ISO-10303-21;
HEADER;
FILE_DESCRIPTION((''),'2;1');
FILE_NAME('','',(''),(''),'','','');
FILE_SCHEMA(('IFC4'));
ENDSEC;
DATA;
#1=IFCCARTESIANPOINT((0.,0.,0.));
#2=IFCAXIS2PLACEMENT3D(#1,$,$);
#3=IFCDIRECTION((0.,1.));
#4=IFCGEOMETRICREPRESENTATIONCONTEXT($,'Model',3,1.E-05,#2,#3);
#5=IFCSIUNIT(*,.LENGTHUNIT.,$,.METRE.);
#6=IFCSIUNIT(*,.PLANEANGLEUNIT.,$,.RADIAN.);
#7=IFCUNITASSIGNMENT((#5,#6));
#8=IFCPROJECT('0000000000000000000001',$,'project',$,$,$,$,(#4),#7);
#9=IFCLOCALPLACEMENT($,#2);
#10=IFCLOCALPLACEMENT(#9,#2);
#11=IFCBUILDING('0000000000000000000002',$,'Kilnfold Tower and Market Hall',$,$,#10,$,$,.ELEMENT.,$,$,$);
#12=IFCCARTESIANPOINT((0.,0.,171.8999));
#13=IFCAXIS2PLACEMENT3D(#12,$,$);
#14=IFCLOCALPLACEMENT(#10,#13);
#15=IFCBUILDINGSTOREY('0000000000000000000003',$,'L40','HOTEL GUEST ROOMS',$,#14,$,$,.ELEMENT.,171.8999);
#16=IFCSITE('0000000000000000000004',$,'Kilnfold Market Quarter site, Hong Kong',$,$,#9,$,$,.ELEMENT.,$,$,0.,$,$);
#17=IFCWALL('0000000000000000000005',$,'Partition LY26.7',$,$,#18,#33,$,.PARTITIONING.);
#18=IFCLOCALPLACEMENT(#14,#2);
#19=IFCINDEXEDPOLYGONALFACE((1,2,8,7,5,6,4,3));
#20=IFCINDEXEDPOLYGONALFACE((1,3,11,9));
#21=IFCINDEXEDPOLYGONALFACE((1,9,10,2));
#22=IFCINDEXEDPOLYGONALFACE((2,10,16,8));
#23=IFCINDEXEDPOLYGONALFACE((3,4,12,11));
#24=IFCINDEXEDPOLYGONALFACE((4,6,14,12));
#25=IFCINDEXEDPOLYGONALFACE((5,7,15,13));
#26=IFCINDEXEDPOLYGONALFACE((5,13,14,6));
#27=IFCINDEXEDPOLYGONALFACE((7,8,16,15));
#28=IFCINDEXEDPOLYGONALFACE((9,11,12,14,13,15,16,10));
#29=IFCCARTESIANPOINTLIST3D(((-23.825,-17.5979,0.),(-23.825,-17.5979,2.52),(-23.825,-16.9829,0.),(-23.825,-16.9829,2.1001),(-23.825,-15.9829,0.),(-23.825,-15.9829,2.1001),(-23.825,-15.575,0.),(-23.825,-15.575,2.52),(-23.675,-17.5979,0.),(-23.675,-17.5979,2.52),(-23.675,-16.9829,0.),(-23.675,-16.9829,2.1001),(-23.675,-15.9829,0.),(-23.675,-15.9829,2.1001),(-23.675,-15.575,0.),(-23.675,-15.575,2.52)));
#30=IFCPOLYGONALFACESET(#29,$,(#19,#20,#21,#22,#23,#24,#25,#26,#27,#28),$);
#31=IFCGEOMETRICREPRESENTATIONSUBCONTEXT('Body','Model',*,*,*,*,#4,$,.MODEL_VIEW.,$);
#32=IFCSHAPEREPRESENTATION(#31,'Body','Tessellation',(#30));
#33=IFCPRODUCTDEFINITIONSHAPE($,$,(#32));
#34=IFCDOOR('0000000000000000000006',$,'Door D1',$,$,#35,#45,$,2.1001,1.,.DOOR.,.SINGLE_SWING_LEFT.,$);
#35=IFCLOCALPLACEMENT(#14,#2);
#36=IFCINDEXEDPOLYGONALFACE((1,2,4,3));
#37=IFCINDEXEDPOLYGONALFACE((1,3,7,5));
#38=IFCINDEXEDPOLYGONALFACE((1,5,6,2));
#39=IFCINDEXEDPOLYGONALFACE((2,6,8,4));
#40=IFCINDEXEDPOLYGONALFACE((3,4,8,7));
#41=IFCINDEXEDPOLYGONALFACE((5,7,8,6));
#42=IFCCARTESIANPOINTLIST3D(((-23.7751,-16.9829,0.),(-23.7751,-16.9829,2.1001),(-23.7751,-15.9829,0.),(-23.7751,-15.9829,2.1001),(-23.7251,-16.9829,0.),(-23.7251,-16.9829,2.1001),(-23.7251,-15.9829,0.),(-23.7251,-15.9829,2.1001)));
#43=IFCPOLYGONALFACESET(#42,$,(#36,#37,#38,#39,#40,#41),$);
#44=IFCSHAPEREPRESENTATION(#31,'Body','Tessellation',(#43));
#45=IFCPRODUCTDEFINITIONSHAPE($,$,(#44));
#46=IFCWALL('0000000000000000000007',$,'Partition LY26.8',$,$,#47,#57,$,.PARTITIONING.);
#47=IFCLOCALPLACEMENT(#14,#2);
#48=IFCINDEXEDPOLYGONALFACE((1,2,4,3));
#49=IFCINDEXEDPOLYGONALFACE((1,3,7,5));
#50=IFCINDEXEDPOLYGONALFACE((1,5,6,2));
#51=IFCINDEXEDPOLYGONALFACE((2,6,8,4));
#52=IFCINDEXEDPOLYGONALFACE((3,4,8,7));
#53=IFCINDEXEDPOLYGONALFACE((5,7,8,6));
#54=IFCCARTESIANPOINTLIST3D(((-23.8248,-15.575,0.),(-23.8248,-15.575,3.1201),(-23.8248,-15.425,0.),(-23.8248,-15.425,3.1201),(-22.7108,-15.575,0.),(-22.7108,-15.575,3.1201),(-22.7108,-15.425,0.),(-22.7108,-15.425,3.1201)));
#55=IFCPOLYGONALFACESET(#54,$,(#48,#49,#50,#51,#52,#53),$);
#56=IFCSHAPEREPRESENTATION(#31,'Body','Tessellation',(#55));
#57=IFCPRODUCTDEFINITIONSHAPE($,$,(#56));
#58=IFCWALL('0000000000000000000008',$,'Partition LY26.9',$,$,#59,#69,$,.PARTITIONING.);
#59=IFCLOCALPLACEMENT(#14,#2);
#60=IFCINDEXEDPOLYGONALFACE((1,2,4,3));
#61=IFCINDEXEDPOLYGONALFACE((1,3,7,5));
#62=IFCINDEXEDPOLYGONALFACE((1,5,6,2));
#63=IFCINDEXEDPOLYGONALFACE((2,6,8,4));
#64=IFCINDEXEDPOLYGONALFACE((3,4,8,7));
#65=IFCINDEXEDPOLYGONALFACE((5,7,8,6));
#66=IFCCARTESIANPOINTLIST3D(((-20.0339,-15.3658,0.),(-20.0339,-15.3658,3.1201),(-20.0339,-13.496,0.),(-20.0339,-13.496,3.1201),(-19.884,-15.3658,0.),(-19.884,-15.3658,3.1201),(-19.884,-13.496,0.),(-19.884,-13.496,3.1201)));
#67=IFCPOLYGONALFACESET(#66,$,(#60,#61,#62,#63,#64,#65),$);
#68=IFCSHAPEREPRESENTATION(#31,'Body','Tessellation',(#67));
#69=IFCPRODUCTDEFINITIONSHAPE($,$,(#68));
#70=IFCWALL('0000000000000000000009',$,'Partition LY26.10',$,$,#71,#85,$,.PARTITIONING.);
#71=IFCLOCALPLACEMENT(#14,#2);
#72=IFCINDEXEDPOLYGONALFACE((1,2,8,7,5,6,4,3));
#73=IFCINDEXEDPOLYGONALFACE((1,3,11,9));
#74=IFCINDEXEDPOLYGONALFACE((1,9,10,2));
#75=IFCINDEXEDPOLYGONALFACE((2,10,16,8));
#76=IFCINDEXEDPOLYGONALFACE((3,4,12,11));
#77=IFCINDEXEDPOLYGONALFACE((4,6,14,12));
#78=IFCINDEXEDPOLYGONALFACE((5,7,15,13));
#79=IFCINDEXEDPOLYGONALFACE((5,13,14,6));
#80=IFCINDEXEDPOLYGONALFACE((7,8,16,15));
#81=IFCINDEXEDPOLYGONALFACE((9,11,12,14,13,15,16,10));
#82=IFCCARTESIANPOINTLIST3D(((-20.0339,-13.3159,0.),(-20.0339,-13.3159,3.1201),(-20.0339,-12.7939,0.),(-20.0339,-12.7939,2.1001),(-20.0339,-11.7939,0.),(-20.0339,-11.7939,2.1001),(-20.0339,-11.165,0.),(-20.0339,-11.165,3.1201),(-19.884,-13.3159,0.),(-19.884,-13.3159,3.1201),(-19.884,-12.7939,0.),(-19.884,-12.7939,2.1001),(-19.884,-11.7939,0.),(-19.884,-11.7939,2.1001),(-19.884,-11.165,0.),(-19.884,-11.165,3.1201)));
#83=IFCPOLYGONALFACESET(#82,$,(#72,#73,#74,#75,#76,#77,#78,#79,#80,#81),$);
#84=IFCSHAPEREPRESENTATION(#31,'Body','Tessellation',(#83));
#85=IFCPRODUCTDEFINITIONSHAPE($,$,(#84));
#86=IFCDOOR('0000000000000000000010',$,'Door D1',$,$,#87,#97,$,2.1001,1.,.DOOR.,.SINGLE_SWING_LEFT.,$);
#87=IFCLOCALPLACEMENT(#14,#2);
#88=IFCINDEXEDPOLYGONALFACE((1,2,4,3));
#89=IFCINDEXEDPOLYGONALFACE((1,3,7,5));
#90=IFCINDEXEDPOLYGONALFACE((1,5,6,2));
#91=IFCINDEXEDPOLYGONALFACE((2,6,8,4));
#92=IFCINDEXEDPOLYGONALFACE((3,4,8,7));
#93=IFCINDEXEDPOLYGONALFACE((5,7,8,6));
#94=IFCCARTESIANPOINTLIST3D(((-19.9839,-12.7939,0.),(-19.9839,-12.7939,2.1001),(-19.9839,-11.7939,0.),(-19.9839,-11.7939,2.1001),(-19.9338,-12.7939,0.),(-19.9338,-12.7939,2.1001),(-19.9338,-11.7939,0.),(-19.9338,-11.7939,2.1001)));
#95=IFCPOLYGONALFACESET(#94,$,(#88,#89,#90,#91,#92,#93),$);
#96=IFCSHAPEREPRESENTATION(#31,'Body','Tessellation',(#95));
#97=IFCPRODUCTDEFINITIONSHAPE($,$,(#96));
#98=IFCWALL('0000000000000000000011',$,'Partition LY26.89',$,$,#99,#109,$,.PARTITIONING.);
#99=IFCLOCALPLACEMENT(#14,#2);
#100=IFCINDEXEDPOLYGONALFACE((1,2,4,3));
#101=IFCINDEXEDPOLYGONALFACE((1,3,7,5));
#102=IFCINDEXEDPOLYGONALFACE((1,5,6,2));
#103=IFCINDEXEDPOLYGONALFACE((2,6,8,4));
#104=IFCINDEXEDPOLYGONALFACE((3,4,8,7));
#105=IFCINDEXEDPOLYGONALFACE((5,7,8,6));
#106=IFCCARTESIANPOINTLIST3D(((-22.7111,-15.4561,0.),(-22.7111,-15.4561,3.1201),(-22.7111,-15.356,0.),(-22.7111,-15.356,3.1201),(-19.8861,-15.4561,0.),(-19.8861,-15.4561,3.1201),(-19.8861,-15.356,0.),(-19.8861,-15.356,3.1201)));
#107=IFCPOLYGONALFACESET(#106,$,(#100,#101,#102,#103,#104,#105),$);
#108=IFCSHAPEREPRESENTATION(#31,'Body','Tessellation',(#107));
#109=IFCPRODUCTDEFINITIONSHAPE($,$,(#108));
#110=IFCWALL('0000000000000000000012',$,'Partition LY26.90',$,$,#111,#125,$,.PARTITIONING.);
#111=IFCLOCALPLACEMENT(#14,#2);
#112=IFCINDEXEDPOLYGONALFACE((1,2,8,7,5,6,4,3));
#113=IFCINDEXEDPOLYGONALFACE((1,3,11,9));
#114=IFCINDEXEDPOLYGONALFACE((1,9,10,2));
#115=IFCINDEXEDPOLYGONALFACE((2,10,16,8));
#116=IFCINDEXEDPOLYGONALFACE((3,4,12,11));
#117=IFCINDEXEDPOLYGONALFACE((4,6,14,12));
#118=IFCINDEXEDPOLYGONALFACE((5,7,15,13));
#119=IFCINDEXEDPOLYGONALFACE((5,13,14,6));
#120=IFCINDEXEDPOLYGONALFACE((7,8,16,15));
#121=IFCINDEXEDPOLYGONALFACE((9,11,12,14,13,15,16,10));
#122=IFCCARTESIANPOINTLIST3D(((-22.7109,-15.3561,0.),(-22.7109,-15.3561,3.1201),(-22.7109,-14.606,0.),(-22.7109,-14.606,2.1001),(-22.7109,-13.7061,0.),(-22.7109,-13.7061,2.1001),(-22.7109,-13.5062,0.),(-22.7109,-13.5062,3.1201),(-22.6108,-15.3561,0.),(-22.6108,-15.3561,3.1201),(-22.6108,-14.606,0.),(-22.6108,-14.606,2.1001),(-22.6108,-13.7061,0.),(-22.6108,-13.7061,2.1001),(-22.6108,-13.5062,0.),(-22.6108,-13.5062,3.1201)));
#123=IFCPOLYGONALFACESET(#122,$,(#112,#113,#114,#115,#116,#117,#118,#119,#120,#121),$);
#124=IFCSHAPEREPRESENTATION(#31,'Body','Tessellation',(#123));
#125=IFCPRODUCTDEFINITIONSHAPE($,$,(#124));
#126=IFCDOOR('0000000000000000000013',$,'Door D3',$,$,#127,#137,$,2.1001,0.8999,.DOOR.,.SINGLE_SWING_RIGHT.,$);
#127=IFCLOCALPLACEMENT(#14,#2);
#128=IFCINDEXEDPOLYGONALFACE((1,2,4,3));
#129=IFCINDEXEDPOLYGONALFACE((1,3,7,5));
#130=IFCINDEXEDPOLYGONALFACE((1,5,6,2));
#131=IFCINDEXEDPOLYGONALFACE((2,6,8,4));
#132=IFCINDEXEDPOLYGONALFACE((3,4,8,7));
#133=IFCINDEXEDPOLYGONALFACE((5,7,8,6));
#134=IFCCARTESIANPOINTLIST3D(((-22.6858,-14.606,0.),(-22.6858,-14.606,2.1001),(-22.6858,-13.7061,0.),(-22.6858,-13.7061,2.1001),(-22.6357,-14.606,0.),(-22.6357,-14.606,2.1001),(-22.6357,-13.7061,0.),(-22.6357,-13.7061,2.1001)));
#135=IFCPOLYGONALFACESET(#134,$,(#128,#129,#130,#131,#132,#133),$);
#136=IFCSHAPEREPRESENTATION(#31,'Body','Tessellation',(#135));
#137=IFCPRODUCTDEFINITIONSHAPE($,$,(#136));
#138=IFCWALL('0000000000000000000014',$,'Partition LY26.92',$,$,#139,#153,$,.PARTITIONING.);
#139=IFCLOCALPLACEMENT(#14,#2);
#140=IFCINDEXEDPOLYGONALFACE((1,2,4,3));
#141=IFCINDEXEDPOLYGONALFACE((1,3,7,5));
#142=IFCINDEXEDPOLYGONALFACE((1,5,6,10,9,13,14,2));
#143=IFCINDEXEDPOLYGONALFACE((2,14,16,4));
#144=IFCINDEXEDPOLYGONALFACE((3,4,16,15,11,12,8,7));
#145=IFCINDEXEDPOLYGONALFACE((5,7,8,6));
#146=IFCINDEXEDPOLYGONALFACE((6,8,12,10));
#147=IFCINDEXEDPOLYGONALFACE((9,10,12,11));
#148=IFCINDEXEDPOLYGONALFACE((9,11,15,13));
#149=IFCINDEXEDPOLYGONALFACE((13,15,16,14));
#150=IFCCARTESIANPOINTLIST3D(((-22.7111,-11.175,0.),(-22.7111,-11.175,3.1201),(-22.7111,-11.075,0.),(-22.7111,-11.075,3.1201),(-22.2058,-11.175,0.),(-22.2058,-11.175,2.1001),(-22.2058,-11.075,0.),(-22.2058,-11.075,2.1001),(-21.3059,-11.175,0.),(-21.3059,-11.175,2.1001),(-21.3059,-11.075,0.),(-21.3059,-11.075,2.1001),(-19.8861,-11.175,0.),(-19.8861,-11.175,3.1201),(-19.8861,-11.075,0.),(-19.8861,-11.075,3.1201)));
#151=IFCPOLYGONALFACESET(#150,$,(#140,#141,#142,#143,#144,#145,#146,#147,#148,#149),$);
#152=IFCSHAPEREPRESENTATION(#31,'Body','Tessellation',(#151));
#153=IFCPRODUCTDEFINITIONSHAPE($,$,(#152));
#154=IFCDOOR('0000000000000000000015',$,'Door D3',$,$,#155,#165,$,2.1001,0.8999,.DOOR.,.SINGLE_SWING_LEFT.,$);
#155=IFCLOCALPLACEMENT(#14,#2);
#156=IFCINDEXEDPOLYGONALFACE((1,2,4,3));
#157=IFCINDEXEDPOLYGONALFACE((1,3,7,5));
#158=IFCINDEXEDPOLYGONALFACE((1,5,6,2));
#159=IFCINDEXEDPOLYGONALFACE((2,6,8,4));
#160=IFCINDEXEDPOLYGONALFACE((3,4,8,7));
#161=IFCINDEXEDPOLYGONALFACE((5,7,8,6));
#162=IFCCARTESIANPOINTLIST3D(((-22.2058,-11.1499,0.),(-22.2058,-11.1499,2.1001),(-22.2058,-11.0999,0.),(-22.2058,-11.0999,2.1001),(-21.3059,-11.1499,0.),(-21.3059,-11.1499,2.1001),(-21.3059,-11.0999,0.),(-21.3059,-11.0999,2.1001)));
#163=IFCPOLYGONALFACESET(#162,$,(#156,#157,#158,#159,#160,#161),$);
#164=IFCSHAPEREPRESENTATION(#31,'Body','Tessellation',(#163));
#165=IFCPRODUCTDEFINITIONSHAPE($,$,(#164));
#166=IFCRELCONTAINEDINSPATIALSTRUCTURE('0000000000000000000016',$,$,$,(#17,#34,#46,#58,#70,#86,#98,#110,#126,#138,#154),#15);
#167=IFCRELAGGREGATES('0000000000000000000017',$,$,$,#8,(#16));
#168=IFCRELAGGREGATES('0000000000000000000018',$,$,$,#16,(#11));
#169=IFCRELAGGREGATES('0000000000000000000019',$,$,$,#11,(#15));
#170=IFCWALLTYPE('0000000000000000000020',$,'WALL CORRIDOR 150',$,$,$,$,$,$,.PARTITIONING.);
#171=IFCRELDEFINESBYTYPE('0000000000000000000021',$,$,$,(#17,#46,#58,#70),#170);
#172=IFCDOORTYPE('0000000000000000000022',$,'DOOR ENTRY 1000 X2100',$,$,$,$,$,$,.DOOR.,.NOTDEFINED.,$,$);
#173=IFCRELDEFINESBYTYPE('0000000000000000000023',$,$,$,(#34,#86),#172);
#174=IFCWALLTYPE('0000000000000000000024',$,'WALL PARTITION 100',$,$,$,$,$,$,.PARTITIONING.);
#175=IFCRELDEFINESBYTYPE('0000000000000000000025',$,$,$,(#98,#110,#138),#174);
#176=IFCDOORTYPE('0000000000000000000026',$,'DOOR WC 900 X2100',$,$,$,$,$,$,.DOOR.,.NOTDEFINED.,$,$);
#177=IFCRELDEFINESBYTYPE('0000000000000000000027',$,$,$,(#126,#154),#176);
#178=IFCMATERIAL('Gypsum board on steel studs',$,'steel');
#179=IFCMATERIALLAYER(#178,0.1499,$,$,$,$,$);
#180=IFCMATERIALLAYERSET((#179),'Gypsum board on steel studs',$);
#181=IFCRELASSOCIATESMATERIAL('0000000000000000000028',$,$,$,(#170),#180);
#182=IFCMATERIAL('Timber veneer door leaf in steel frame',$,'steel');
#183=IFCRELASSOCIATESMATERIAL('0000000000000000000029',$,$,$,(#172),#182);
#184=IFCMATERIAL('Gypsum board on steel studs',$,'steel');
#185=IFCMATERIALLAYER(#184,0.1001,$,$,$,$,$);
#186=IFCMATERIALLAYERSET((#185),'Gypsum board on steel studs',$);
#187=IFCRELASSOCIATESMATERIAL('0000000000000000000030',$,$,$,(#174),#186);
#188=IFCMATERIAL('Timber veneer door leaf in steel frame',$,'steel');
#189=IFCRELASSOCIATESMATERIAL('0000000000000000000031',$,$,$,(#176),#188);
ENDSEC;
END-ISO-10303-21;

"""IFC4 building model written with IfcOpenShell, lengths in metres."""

from ifc_helpers import new_model, si_unit, direction, frame, frame_2d, origin, place, context, subcontext, project, spatial, rectangle, extrude, material, layer, layer_set, type_object, element, fill, save


model = new_model("IFC4")

# Units and contexts
model_context = context("Model", 3, precision=1e-05, world=origin(), true_north=direction((0.0, 1.0)))
body_context = subcontext(model_context, "Body", "Model", "MODEL_VIEW")
ifc_project = project(units=[si_unit("LENGTHUNIT", "METRE"), si_unit("PLANEANGLEUNIT", "RADIAN")], contexts=[model_context])

# Site, building, storey
site_placement = place(None, origin())
site = spatial("IfcSite", under=ifc_project, at=site_placement, Name="Kilnfold Market Quarter site, Hong Kong", CompositionType="ELEMENT", RefElevation=0.0)
building_placement = place(site_placement, origin())
building = spatial("IfcBuilding", under=site, at=building_placement, Name="Kilnfold Tower and Market Hall", CompositionType="ELEMENT")
storey_placement = place(building_placement, frame((0.0, 0.0, 171.8999)))
storey = spatial("IfcBuildingStorey", under=building, at=storey_placement, Name="L40", Description="HOTEL GUEST ROOMS", CompositionType="ELEMENT", Elevation=171.8999)

# Wall, opening, door
ifc_material_1 = material(Name="Gypsum board on steel studs", Category="steel")
ifc_layer_1 = layer(ifc_material_1, 0.1499)
ifc_layer_set_1 = layer_set([ifc_layer_1], Name="Gypsum board on steel studs")
wall_type_1 = type_object("IfcWallType", Name="WALL CORRIDOR 150", PredefinedType="PARTITIONING", material=ifc_layer_set_1)
wall_1_placement = place(storey_placement, frame((-23.75, -15.575, 0.0), z_axis=(0.0, 0.0, 1.0), x_axis=(0.0, -1.0, 0.0)))
wall_1 = element("IfcWall", 1, at=wall_1_placement, inside=storey, type_object=wall_type_1, Name="Partition LY26.7", PredefinedType="PARTITIONING", context=body_context, shape_type="SweptSolid", body=[
    extrude(rectangle(XDim=2.0229, YDim=0.1499, at=frame_2d((1.0115, 0.0))), origin(), (0.0, 0.0, 1.0), 2.52),
])
opening_1_placement = place(wall_1_placement, frame((0.408, 0.0, 0.0)))
opening_1 = element("IfcOpeningElement", 2, at=opening_1_placement, cuts=wall_1, PredefinedType="OPENING", context=body_context, shape_type="SweptSolid", body=[
    extrude(rectangle(XDim=1.0, YDim=2.1001, at=frame_2d((0.5, 1.05))), frame((0.0, 0.085, 0.0), z_axis=(0.0, -1.0, 0.0), x_axis=(1.0, 0.0, 0.0)), (0.0, 0.0, 1.0), 0.1699),
])
ifc_material_2 = material(Name="Timber veneer door leaf in steel frame", Category="steel")
door_type_1 = type_object("IfcDoorType", Name="DOOR ENTRY 1000 X2100", OperationType="NOTDEFINED", PredefinedType="DOOR", material=ifc_material_2)
door_1_placement = place(opening_1_placement, origin())
door_1 = element("IfcDoor", 3, at=door_1_placement, inside=storey, type_object=door_type_1, Name="Door D1", OperationType="SINGLE_SWING_LEFT", OverallHeight=2.1001, OverallWidth=1.0, PredefinedType="DOOR", context=body_context, shape_type="SweptSolid", body=[
    extrude(rectangle(XDim=1.0, YDim=2.1001, at=frame_2d((0.5, 1.05))), frame((0.0, 0.0249, 0.0), z_axis=(0.0, -1.0, 0.0), x_axis=(1.0, 0.0, 0.0)), (0.0, 0.0, 1.0), 0.05),
])
fill(opening_1, door_1)

# Walls
wall_2_placement = place(storey_placement, frame((-23.825, -15.5, 0.0), z_axis=(0.0, 0.0, 1.0), x_axis=(1.0, 0.0, 0.0)))
element("IfcWall", 4, at=wall_2_placement, inside=storey, type_object=wall_type_1, Name="Partition LY26.8", PredefinedType="PARTITIONING", context=body_context, shape_type="SweptSolid", body=[
    extrude(rectangle(XDim=1.114, YDim=0.1499, at=frame_2d((0.5571, 0.0))), origin(), (0.0, 0.0, 1.0), 3.1201),
])
wall_3_placement = place(storey_placement, frame((-19.959, -15.366, 0.0), z_axis=(0.0, 0.0, 1.0), x_axis=(0.0, 1.0, 0.0)))
element("IfcWall", 5, at=wall_3_placement, inside=storey, type_object=wall_type_1, Name="Partition LY26.9", PredefinedType="PARTITIONING", context=body_context, shape_type="SweptSolid", body=[
    extrude(rectangle(XDim=1.8699, YDim=0.1499, at=frame_2d((0.9351, 0.0))), origin(), (0.0, 0.0, 1.0), 3.1201),
])

# Wall, opening, door
wall_4_placement = place(storey_placement, frame((-19.959, -13.3159, 0.0), z_axis=(0.0, 0.0, 1.0), x_axis=(0.0, 1.0, 0.0)))
wall_4 = element("IfcWall", 6, at=wall_4_placement, inside=storey, type_object=wall_type_1, Name="Partition LY26.10", PredefinedType="PARTITIONING", context=body_context, shape_type="SweptSolid", body=[
    extrude(rectangle(XDim=2.1509, YDim=0.1499, at=frame_2d((1.0754, 0.0))), origin(), (0.0, 0.0, 1.0), 3.1201),
])
opening_2_placement = place(wall_4_placement, frame((0.522, 0.0, 0.0)))
opening_2 = element("IfcOpeningElement", 7, at=opening_2_placement, cuts=wall_4, PredefinedType="OPENING", context=body_context, shape_type="SweptSolid", body=[
    extrude(rectangle(XDim=1.0, YDim=2.1001, at=frame_2d((0.5, 1.05))), frame((0.0, 0.085, 0.0), z_axis=(0.0, -1.0, 0.0), x_axis=(1.0, 0.0, 0.0)), (0.0, 0.0, 1.0), 0.1699),
])
door_2_placement = place(opening_2_placement, origin())
door_2 = element("IfcDoor", 8, at=door_2_placement, inside=storey, type_object=door_type_1, Name="Door D1", OperationType="SINGLE_SWING_LEFT", OverallHeight=2.1001, OverallWidth=1.0, PredefinedType="DOOR", context=body_context, shape_type="SweptSolid", body=[
    extrude(rectangle(XDim=1.0, YDim=2.1001, at=frame_2d((0.5, 1.05))), frame((0.0, 0.0249, 0.0), z_axis=(0.0, -1.0, 0.0), x_axis=(1.0, 0.0, 0.0)), (0.0, 0.0, 1.0), 0.05),
])
fill(opening_2, door_2)

# Wall
ifc_material_3 = material(Name="Gypsum board on steel studs", Category="steel")
ifc_layer_2 = layer(ifc_material_3, 0.1001)
ifc_layer_set_2 = layer_set([ifc_layer_2], Name="Gypsum board on steel studs")
wall_type_2 = type_object("IfcWallType", Name="WALL PARTITION 100", PredefinedType="PARTITIONING", material=ifc_layer_set_2)
wall_5_placement = place(storey_placement, frame((-19.886, -15.406, 0.0), z_axis=(0.0, 0.0, 1.0), x_axis=(-1.0, 0.0, 0.0)))
element("IfcWall", 9, at=wall_5_placement, inside=storey, type_object=wall_type_2, Name="Partition LY26.89", PredefinedType="PARTITIONING", context=body_context, shape_type="SweptSolid", body=[
    extrude(rectangle(XDim=2.825, YDim=0.1001, at=frame_2d((1.4126, 0.0))), origin(), (0.0, 0.0, 1.0), 3.1201),
])

# Walls, openings, doors
wall_6_placement = place(storey_placement, frame((-22.6609, -15.356, 0.0), z_axis=(0.0, 0.0, 1.0), x_axis=(0.0, 1.0, 0.0)))
wall_6 = element("IfcWall", 10, at=wall_6_placement, inside=storey, type_object=wall_type_2, Name="Partition LY26.90", PredefinedType="PARTITIONING", context=body_context, shape_type="SweptSolid", body=[
    extrude(rectangle(XDim=1.8499, YDim=0.1001, at=frame_2d((0.9248, 0.0))), origin(), (0.0, 0.0, 1.0), 3.1201),
])
opening_3_placement = place(wall_6_placement, frame((0.75, 0.0, 0.0)))
opening_3 = element("IfcOpeningElement", 11, at=opening_3_placement, cuts=wall_6, PredefinedType="OPENING", context=body_context, shape_type="SweptSolid", body=[
    extrude(rectangle(XDim=0.8999, YDim=2.1001, at=frame_2d((0.45, 1.05))), frame((0.0, 0.0601, 0.0), z_axis=(0.0, -1.0, 0.0), x_axis=(1.0, 0.0, 0.0)), (0.0, 0.0, 1.0), 0.1201),
])
ifc_material_4 = material(Name="Timber veneer door leaf in steel frame", Category="steel")
door_type_2 = type_object("IfcDoorType", Name="DOOR WC 900 X2100", OperationType="NOTDEFINED", PredefinedType="DOOR", material=ifc_material_4)
door_3_placement = place(opening_3_placement, origin())
door_3 = element("IfcDoor", 12, at=door_3_placement, inside=storey, type_object=door_type_2, Name="Door D3", OperationType="SINGLE_SWING_RIGHT", OverallHeight=2.1001, OverallWidth=0.8999, PredefinedType="DOOR", context=body_context, shape_type="SweptSolid", body=[
    extrude(rectangle(XDim=0.8999, YDim=2.1001, at=frame_2d((0.45, 1.05))), frame((0.0, 0.0249, 0.0), z_axis=(0.0, -1.0, 0.0), x_axis=(1.0, 0.0, 0.0)), (0.0, 0.0, 1.0), 0.05),
])
fill(opening_3, door_3)
wall_7_placement = place(storey_placement, frame((-19.886, -11.125, 0.0), z_axis=(0.0, 0.0, 1.0), x_axis=(-1.0, 0.0, 0.0)))
wall_7 = element("IfcWall", 13, at=wall_7_placement, inside=storey, type_object=wall_type_2, Name="Partition LY26.92", PredefinedType="PARTITIONING", context=body_context, shape_type="SweptSolid", body=[
    extrude(rectangle(XDim=2.825, YDim=0.1001, at=frame_2d((1.4126, 0.0))), origin(), (0.0, 0.0, 1.0), 3.1201),
])
opening_4_placement = place(wall_7_placement, frame((1.4199, 0.0, 0.0)))
opening_4 = element("IfcOpeningElement", 14, at=opening_4_placement, cuts=wall_7, PredefinedType="OPENING", context=body_context, shape_type="SweptSolid", body=[
    extrude(rectangle(XDim=0.8999, YDim=2.1001, at=frame_2d((0.45, 1.05))), frame((0.0, 0.0601, 0.0), z_axis=(0.0, -1.0, 0.0), x_axis=(1.0, 0.0, 0.0)), (0.0, 0.0, 1.0), 0.1201),
])
door_4_placement = place(opening_4_placement, origin())
door_4 = element("IfcDoor", 15, at=door_4_placement, inside=storey, type_object=door_type_2, Name="Door D3", OperationType="SINGLE_SWING_LEFT", OverallHeight=2.1001, OverallWidth=0.8999, PredefinedType="DOOR", context=body_context, shape_type="SweptSolid", body=[
    extrude(rectangle(XDim=0.8999, YDim=2.1001, at=frame_2d((0.45, 1.05))), frame((0.0, 0.0249, 0.0), z_axis=(0.0, -1.0, 0.0), x_axis=(1.0, 0.0, 0.0)), (0.0, 0.0, 1.0), 0.05),
])
fill(opening_4, door_4)

save(model, "model.ifc")
